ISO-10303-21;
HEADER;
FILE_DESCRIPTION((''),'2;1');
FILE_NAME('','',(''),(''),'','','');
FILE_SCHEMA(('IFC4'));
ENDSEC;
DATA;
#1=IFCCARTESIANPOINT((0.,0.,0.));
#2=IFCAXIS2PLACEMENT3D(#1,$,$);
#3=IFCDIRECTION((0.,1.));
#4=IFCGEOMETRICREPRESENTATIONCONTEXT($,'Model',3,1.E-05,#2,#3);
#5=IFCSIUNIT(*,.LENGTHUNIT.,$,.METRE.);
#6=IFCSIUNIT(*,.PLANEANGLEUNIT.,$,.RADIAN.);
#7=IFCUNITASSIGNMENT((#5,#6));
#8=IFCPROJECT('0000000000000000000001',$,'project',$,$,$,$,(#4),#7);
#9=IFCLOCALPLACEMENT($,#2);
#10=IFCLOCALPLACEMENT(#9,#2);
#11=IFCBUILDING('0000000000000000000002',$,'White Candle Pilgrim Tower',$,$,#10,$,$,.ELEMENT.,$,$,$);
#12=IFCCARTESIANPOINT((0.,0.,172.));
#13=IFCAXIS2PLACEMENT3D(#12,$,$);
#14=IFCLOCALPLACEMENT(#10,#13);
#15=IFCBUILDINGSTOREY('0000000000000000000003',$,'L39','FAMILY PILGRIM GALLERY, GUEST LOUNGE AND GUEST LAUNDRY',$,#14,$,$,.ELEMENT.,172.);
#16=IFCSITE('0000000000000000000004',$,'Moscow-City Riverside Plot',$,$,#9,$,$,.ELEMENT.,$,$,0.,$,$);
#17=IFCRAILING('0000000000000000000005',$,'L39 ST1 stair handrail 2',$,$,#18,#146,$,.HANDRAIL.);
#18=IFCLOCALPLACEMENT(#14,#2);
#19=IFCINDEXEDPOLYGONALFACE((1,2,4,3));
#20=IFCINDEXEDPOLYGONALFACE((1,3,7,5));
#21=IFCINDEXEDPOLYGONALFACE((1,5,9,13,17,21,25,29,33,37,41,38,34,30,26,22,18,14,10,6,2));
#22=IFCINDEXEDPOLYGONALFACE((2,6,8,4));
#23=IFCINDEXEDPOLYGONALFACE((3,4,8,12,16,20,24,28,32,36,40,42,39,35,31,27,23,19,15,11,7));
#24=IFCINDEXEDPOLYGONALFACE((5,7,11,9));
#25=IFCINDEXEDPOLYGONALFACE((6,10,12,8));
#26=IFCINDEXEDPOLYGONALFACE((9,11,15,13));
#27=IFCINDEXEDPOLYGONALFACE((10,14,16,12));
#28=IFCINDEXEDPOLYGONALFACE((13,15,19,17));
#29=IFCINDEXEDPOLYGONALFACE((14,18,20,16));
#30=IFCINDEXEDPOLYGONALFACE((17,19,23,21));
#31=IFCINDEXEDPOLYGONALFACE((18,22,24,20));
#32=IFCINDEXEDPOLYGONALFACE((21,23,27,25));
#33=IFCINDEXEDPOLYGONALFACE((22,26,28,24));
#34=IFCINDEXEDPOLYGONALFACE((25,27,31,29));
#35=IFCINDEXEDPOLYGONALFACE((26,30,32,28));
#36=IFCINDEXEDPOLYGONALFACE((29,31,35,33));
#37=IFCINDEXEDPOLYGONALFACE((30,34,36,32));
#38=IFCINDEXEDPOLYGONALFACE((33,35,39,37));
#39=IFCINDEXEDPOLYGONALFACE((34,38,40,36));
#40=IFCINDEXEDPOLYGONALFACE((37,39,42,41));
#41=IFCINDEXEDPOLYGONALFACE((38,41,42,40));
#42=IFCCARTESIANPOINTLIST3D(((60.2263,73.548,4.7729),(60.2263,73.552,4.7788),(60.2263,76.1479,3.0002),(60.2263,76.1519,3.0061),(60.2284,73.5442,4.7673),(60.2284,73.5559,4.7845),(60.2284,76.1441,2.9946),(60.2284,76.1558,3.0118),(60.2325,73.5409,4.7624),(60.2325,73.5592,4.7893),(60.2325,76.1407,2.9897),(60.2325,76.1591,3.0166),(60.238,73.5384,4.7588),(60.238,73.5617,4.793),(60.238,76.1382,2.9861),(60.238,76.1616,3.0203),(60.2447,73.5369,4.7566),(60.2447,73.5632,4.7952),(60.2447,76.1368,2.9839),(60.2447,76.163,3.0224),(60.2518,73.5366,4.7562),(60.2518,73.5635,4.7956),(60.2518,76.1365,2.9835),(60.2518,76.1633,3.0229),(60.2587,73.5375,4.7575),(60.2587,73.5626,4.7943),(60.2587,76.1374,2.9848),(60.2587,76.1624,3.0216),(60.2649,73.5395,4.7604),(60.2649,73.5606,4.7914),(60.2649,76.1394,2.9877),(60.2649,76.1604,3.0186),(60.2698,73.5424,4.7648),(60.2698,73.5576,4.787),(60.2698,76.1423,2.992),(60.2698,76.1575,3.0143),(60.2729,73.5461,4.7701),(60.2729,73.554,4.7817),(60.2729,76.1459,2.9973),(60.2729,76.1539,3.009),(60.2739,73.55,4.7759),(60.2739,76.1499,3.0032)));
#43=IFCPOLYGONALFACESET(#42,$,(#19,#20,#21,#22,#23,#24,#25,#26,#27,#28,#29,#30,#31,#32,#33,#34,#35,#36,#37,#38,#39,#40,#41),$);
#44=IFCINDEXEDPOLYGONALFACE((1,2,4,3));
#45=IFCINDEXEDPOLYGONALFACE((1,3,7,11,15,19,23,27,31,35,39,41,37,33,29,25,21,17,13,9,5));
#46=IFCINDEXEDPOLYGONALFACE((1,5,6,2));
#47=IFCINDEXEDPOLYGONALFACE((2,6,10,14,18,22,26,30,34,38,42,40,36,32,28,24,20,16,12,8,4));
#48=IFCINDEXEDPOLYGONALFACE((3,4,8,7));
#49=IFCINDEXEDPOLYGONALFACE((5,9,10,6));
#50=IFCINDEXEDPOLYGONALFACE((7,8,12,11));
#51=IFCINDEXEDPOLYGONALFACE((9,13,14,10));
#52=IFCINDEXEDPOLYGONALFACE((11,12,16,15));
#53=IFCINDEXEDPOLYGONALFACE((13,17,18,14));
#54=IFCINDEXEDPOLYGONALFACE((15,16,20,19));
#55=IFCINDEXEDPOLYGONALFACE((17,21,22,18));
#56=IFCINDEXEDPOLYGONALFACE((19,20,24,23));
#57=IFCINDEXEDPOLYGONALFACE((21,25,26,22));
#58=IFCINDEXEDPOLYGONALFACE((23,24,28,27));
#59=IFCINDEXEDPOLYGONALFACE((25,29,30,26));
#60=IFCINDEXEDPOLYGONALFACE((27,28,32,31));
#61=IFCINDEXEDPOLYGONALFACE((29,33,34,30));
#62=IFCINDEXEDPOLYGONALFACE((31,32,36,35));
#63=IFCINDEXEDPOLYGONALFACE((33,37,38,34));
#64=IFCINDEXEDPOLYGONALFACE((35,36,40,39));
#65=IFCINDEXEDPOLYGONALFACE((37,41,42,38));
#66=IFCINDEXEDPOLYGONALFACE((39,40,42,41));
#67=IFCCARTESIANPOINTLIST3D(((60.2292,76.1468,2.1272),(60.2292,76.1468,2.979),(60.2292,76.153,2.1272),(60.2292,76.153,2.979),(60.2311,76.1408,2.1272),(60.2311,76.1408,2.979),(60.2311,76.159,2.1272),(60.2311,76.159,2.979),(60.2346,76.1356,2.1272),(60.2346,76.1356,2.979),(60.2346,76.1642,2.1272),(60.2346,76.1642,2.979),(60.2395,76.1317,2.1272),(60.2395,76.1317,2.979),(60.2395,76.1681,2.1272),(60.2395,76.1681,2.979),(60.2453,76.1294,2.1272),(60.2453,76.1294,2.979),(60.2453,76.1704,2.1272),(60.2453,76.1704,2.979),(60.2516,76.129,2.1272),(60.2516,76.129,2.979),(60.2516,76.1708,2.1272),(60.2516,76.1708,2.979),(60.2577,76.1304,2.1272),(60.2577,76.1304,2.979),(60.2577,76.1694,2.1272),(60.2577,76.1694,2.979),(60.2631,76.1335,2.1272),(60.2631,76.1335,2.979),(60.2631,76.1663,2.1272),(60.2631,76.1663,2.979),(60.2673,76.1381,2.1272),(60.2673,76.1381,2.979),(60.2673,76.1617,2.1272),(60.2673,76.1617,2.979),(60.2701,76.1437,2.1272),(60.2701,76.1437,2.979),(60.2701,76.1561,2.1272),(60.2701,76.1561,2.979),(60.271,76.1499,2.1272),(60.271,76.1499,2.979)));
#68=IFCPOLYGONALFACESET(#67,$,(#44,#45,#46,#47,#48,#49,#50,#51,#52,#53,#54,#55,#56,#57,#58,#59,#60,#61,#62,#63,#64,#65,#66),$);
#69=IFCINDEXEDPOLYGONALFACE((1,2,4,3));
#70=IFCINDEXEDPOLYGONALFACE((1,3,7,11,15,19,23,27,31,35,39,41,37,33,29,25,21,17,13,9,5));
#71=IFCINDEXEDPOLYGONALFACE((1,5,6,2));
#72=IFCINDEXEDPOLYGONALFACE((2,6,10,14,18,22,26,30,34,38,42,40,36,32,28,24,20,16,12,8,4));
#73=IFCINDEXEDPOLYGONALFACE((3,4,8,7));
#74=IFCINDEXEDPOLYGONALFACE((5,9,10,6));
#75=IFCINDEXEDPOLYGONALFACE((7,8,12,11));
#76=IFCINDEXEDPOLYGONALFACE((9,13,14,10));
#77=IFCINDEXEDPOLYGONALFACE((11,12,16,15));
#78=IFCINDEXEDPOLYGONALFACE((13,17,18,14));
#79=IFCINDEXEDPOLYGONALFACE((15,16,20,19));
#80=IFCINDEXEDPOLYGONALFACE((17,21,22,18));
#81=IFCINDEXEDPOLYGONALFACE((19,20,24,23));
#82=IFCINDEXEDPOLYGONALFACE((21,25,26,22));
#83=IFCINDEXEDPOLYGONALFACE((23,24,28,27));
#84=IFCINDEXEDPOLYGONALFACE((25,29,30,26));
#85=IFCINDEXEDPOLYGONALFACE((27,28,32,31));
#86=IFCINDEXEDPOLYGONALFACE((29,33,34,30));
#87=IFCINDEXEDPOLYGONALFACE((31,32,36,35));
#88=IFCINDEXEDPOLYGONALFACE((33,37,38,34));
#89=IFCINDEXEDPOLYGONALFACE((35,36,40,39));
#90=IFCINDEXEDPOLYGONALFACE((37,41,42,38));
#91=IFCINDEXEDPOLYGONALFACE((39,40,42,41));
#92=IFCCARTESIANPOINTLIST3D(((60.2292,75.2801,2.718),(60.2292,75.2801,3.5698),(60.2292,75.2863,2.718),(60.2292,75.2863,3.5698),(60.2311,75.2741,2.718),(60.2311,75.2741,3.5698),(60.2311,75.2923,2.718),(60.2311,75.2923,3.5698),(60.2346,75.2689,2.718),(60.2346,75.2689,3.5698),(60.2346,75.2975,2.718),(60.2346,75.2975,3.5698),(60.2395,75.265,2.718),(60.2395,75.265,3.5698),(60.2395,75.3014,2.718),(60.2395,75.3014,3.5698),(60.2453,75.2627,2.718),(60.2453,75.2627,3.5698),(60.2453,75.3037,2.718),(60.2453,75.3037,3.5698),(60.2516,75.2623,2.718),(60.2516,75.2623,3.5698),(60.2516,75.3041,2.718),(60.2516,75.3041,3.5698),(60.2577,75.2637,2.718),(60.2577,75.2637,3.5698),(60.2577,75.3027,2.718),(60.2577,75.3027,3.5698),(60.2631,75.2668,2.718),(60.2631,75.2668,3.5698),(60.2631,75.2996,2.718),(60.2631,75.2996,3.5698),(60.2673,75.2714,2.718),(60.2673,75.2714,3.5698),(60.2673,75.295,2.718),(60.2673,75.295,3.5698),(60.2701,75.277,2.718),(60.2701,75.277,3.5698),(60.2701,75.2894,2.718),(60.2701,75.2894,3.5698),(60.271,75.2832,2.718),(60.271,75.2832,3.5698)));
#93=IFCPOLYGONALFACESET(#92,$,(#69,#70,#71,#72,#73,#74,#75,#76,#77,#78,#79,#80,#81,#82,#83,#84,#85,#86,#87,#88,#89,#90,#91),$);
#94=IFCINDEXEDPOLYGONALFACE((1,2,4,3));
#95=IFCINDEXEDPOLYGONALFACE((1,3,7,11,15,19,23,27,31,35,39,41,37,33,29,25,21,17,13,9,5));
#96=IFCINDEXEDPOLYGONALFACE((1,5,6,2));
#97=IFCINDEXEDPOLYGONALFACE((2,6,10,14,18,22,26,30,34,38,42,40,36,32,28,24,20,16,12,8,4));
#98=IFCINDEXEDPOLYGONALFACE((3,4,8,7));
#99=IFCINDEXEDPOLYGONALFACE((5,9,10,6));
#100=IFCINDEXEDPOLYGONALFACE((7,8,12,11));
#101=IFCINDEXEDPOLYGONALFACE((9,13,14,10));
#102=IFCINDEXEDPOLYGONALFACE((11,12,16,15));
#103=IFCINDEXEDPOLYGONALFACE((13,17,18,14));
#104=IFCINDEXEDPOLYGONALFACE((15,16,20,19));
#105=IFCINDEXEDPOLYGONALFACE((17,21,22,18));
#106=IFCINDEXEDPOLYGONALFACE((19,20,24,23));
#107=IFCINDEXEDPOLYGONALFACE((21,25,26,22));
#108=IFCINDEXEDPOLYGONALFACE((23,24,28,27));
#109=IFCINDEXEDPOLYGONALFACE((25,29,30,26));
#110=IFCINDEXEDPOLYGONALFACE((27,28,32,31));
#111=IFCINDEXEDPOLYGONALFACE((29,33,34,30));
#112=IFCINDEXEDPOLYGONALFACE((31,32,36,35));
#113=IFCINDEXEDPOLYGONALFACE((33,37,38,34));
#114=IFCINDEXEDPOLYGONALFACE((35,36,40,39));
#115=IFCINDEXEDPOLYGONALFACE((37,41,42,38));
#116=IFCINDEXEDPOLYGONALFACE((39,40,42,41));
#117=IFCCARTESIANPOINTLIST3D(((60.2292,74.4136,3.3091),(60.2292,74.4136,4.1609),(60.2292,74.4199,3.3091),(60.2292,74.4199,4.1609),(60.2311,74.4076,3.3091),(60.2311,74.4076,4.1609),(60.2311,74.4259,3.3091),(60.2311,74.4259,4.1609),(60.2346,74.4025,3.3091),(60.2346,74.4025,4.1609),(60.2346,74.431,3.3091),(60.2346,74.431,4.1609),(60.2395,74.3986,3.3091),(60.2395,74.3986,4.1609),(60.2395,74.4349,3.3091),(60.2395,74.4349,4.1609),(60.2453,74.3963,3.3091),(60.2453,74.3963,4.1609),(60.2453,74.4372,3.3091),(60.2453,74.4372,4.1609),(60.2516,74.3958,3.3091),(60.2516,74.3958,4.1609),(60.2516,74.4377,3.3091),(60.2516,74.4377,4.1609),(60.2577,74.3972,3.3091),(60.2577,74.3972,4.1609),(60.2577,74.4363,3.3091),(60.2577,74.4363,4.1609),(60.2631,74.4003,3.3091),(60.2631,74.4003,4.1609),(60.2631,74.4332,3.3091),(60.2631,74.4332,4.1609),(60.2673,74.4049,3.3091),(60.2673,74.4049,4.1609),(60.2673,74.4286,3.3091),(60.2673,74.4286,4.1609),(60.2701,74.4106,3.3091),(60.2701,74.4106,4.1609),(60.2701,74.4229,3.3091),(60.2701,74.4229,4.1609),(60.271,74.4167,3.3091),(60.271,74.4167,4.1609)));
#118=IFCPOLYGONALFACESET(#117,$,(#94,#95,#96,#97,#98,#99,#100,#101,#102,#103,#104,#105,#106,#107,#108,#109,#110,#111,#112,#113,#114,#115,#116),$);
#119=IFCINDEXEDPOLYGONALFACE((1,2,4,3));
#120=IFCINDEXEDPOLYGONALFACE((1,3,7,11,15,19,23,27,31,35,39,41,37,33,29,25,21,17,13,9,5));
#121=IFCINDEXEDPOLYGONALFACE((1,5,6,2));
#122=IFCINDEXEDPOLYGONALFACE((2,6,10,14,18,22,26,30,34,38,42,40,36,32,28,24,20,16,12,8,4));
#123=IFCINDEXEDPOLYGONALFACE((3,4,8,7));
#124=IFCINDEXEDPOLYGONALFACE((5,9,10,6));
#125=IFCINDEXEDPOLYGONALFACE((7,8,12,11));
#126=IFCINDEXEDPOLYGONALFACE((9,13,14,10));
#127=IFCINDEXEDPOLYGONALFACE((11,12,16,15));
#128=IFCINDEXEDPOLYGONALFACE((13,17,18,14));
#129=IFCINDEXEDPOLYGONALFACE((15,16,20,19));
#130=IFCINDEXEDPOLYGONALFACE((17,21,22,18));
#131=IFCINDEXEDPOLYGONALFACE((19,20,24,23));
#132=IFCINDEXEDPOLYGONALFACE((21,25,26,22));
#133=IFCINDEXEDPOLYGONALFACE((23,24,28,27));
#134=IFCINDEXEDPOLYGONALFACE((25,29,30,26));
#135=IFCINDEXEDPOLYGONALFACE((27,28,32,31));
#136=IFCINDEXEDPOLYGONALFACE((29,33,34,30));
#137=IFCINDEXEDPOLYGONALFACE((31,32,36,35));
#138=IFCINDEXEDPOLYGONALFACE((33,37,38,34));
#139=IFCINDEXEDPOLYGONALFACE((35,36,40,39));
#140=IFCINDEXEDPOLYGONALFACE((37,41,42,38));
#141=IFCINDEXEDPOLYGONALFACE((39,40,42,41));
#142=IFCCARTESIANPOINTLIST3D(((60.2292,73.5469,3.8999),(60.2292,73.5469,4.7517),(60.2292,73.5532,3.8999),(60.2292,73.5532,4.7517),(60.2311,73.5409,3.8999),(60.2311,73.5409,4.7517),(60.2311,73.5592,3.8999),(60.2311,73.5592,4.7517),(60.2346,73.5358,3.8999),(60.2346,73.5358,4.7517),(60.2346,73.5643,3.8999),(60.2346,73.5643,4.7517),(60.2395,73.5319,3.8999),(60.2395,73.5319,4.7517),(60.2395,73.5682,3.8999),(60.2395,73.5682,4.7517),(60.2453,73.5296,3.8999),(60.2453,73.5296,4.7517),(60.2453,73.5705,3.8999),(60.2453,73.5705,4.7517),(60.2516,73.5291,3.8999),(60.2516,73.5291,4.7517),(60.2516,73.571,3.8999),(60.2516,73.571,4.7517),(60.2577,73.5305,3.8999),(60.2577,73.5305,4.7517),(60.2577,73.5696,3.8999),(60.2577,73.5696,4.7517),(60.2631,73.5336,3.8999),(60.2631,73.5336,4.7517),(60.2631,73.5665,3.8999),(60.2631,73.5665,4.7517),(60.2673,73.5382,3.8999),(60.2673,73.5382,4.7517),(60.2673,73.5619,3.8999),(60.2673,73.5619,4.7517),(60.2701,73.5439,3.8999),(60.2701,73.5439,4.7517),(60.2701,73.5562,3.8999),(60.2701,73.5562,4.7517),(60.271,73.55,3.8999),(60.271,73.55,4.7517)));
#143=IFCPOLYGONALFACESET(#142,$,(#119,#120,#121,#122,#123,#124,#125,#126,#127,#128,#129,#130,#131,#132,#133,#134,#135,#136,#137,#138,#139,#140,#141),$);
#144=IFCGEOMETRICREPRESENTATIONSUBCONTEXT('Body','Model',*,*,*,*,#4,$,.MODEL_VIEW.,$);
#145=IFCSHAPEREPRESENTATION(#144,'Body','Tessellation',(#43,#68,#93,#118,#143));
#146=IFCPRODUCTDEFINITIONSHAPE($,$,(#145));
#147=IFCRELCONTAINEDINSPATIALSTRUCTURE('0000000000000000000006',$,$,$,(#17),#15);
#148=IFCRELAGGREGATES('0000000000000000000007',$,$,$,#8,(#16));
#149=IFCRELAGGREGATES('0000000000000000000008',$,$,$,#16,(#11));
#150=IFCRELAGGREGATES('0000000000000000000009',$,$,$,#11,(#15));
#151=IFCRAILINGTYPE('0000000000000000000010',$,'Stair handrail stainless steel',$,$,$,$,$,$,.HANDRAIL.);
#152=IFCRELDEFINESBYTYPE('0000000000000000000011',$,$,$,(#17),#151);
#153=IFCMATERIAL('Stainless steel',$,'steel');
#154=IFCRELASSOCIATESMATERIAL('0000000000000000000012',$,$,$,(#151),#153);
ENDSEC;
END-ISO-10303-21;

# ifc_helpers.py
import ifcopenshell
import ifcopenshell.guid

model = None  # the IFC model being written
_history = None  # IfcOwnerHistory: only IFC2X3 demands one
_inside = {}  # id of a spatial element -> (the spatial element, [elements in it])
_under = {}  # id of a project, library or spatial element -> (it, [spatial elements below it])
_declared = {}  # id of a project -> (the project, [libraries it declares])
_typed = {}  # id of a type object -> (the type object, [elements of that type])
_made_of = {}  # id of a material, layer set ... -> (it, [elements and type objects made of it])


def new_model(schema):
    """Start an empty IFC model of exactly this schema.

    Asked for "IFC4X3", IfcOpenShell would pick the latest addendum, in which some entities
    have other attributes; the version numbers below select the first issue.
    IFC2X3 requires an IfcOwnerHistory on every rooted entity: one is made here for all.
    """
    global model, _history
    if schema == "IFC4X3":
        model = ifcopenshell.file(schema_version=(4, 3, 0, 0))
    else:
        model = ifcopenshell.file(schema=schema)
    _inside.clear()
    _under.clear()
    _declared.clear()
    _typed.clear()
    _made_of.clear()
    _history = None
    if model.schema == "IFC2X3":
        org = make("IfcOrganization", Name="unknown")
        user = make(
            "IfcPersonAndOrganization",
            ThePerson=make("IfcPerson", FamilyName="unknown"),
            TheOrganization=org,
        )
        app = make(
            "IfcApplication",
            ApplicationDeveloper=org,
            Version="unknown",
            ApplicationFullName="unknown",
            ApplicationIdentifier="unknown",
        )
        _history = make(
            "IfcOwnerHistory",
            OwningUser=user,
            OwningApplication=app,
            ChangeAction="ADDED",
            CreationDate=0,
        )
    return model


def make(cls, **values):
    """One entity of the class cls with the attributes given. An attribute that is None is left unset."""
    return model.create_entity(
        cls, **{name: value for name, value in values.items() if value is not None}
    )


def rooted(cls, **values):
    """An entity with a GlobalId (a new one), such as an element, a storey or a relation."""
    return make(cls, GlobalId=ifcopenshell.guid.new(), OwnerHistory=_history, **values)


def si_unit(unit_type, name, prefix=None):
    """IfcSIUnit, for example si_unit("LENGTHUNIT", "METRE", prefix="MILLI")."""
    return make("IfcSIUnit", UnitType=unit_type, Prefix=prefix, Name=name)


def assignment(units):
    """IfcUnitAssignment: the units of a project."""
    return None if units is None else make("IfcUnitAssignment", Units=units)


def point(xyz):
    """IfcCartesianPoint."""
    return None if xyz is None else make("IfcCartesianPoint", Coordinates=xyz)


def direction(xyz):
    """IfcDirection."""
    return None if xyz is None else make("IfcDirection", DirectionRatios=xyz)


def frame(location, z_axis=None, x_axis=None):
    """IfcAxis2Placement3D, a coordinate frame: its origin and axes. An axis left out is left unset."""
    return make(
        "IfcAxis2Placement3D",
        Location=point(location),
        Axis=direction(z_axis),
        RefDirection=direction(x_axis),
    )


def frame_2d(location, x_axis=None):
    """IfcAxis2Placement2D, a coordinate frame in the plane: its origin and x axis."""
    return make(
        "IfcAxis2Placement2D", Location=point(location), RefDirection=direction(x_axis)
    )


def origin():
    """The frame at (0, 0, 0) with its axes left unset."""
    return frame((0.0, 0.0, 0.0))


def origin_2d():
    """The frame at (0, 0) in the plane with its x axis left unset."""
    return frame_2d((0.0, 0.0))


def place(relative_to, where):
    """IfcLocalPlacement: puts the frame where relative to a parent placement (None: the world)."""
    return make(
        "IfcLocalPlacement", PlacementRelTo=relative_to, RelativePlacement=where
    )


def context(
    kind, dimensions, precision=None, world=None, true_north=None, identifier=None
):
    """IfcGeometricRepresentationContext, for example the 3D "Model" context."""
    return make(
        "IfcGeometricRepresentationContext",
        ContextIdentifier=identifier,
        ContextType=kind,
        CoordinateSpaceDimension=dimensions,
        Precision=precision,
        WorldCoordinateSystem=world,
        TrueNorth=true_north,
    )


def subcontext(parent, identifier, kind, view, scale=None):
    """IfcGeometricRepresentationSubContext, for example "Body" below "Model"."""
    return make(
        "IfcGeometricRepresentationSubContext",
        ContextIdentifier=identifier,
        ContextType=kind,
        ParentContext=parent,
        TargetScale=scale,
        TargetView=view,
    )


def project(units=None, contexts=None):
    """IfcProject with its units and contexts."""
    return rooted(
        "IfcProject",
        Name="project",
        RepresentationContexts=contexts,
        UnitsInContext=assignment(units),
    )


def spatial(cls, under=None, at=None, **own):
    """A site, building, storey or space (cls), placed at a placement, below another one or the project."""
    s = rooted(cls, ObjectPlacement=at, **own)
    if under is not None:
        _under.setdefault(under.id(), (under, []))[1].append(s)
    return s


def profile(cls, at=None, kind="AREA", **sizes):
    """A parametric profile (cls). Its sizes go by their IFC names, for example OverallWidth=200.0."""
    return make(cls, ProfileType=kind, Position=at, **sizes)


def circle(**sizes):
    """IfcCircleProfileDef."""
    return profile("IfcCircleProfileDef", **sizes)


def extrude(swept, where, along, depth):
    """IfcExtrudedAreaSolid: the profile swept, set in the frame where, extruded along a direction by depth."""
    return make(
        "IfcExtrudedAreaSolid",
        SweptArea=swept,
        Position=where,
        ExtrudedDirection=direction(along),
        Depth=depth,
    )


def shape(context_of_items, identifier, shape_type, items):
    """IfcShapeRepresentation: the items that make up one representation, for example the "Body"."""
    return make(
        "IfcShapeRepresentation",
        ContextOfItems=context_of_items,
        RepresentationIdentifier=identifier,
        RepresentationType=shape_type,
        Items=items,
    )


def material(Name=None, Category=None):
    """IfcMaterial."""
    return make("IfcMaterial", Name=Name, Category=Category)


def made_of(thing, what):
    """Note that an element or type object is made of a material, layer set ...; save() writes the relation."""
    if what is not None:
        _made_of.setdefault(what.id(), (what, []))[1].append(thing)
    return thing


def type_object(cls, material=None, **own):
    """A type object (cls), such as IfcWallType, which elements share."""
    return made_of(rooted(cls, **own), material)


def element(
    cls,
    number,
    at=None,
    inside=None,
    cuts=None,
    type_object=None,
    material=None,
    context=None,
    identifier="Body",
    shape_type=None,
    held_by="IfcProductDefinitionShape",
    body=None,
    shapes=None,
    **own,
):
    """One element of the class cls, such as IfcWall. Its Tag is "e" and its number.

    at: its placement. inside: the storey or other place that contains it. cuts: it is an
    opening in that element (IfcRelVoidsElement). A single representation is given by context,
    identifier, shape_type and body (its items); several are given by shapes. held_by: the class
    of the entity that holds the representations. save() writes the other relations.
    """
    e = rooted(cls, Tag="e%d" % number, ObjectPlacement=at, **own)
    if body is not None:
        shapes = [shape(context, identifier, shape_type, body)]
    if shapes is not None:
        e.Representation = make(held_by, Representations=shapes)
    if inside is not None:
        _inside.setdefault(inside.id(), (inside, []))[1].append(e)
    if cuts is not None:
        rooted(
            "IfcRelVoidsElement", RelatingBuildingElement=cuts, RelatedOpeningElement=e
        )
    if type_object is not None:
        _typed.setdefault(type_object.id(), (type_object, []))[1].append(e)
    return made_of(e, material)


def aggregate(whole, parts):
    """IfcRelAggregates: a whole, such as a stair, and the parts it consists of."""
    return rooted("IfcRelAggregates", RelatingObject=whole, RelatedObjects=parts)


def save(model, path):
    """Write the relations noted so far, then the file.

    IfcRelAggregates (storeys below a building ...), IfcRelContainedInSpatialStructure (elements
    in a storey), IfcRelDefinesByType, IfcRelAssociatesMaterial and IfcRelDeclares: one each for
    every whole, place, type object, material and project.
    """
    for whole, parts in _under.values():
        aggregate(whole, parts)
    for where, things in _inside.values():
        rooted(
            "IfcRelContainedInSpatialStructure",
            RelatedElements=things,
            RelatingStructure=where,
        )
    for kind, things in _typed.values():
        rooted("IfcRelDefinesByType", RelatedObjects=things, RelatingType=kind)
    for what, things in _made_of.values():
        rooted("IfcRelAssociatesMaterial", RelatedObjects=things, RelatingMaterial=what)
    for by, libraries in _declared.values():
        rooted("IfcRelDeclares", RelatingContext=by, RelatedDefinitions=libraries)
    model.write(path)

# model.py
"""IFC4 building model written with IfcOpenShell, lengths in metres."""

from ifc_helpers import new_model, si_unit, direction, frame, origin, origin_2d, place, context, subcontext, project, spatial, circle, extrude, material, type_object, element, save


model = new_model("IFC4")

# Units and contexts
model_context = context("Model", 3, precision=1e-05, world=origin(), true_north=direction((0.0, 1.0)))
body_context = subcontext(model_context, "Body", "Model", "MODEL_VIEW")
ifc_project = project(units=[si_unit("LENGTHUNIT", "METRE"), si_unit("PLANEANGLEUNIT", "RADIAN")], contexts=[model_context])

# Site, building, storey
site_placement = place(None, origin())
site = spatial("IfcSite", under=ifc_project, at=site_placement, Name="Moscow-City Riverside Plot", CompositionType="ELEMENT", RefElevation=0.0)
building_placement = place(site_placement, origin())
building = spatial("IfcBuilding", under=site, at=building_placement, Name="White Candle Pilgrim Tower", CompositionType="ELEMENT")
storey_placement = place(building_placement, frame((0.0, 0.0, 172.0)))
storey = spatial("IfcBuildingStorey", under=building, at=storey_placement, Name="L39", Description="FAMILY PILGRIM GALLERY, GUEST LOUNGE AND GUEST LAUNDRY", CompositionType="ELEMENT", Elevation=172.0)

# Shared definitions
ifc_material_1 = material(Name="Stainless steel", Category="steel")

# Railing
railing_type_1 = type_object("IfcRailingType", Name="Stair handrail stainless steel", PredefinedType="HANDRAIL", material=ifc_material_1)
railing_1_placement = place(storey_placement, frame((60.25, 76.1499, 2.1272)))
element("IfcRailing", 1, at=railing_1_placement, inside=storey, type_object=railing_type_1, Name="L39 ST1 stair handrail 2", PredefinedType="HANDRAIL", context=body_context, shape_type="SweptSolid", body=[
    extrude(circle(Radius=0.0239, at=origin_2d()), frame((0.0, 0.0, 0.876), z_axis=(0.0, -0.826216, 0.563354), x_axis=(1.0, 0.0, 0.0)), (0.0, 0.0, 1.0), 3.1467),
    extrude(circle(Radius=0.021, at=origin_2d()), origin(), (0.0, 0.0, 1.0), 0.8518),
    extrude(circle(Radius=0.021, at=origin_2d()), frame((0.0, -0.8667, 0.5908)), (0.0, 0.0, 1.0), 0.8518),
    extrude(circle(Radius=0.021, at=origin_2d()), frame((0.0, -1.7332, 1.1819)), (0.0, 0.0, 1.0), 0.8518),
    extrude(circle(Radius=0.021, at=origin_2d()), frame((0.0, -2.5999, 1.7727)), (0.0, 0.0, 1.0), 0.8518),
])

save(model, "model.ifc")
